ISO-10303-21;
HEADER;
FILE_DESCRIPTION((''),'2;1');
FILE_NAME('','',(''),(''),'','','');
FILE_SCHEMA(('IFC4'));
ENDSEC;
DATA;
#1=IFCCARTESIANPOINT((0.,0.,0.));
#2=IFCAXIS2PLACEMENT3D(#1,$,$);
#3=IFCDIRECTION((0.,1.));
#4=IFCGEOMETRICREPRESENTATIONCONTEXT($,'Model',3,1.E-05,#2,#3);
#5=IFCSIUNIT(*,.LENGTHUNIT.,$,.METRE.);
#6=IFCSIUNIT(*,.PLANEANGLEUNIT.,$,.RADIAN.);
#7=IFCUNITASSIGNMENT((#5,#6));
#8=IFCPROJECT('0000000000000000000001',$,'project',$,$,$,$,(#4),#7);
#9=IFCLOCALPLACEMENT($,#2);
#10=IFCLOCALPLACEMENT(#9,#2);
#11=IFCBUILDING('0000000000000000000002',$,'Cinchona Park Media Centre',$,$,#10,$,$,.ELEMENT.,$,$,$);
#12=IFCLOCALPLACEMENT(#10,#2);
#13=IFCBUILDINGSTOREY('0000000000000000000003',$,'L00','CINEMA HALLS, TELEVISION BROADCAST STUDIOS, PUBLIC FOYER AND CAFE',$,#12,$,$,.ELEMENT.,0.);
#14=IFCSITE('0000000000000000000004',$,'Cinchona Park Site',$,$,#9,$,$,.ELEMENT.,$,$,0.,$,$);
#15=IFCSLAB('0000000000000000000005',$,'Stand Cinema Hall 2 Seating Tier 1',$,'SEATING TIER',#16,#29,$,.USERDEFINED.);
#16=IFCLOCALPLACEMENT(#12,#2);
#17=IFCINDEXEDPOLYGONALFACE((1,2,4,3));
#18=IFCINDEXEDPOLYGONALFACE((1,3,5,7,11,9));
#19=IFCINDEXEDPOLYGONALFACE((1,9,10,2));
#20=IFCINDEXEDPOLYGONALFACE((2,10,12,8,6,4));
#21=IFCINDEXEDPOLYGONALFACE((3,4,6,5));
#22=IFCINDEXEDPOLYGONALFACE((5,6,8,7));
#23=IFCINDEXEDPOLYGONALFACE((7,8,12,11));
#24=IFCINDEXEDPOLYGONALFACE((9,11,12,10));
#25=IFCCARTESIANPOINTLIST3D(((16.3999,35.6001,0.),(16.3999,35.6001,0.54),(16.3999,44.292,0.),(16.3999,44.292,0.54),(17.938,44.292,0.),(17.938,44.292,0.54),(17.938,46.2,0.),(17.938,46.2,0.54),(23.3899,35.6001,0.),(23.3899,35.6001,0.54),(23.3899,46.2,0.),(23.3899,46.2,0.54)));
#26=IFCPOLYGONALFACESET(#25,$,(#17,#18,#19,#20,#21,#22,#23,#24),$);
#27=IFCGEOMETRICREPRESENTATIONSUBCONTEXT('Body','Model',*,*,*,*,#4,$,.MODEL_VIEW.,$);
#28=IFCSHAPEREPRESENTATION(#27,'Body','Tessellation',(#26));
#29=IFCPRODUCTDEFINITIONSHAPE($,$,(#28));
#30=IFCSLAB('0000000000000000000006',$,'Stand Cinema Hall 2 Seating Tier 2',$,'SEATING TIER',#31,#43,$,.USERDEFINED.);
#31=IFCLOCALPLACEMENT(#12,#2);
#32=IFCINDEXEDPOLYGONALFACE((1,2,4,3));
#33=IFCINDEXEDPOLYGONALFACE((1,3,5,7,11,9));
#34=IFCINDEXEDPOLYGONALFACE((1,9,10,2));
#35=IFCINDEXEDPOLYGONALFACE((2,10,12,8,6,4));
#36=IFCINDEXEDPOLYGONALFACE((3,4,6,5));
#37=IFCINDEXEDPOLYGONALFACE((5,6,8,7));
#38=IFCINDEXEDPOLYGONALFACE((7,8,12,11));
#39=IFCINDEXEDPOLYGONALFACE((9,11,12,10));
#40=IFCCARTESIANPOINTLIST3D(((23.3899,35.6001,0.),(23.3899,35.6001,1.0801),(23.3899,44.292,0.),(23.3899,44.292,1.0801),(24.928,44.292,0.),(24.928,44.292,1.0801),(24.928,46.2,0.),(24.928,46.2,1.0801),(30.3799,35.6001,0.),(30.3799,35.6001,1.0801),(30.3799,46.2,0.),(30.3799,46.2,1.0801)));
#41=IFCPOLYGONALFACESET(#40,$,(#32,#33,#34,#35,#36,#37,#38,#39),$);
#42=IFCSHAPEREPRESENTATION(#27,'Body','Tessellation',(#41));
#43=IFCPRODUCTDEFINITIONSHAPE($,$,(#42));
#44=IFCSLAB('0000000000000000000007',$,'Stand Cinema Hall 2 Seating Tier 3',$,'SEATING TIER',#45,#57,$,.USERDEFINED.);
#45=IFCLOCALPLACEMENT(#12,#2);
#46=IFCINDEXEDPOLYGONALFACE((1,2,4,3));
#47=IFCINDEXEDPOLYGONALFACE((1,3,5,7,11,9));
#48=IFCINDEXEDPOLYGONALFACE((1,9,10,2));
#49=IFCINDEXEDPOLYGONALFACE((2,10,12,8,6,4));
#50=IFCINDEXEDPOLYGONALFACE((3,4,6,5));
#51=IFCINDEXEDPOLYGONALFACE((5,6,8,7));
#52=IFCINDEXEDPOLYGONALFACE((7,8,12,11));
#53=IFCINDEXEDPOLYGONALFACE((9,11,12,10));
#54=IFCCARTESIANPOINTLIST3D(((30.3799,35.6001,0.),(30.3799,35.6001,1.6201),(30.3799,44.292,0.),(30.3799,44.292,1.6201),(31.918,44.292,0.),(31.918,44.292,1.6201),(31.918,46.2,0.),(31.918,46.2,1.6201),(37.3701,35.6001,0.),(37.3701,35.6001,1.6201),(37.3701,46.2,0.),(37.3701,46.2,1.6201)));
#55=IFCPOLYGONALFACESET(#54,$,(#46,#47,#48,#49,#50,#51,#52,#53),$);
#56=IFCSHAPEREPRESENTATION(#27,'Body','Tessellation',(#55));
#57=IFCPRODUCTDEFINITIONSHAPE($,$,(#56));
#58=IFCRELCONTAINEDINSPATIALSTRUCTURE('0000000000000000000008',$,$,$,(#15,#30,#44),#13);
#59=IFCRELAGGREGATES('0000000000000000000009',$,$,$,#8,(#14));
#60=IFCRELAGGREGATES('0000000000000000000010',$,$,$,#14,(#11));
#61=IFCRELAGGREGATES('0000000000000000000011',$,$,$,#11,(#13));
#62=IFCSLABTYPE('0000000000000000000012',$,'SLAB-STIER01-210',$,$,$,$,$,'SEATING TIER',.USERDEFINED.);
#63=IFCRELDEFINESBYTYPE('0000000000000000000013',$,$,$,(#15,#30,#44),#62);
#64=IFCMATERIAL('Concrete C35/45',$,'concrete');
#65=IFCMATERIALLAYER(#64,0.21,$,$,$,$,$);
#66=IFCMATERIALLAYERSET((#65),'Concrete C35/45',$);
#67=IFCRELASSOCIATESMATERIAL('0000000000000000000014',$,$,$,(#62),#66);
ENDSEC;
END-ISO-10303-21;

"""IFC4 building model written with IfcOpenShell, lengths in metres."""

from ifc_helpers import new_model, si_unit, direction, origin, place, context, subcontext, project, spatial, polyline, outline, extrude, material, layer, layer_set, type_object, element, save


model = new_model("IFC4")

# Units and contexts
model_context = context("Model", 3, precision=1e-05, world=origin(), true_north=direction((0.0, 1.0)))
body_context = subcontext(model_context, "Body", "Model", "MODEL_VIEW")
ifc_project = project(units=[si_unit("LENGTHUNIT", "METRE"), si_unit("PLANEANGLEUNIT", "RADIAN")], contexts=[model_context])

# Site, building, storey
site_placement = place(None, origin())
site = spatial("IfcSite", under=ifc_project, at=site_placement, Name="Cinchona Park Site", CompositionType="ELEMENT", RefElevation=0.0)
building_placement = place(site_placement, origin())
building = spatial("IfcBuilding", under=site, at=building_placement, Name="Cinchona Park Media Centre", CompositionType="ELEMENT")
storey_placement = place(building_placement, origin())
storey = spatial("IfcBuildingStorey", under=building, at=storey_placement, Name="L00", Description="CINEMA HALLS, TELEVISION BROADCAST STUDIOS, PUBLIC FOYER AND CAFE", CompositionType="ELEMENT", Elevation=0.0)

# Slabs
ifc_material_1 = material(Name="Concrete C35/45", Category="concrete")
ifc_layer_1 = layer(ifc_material_1, 0.21)
ifc_layer_set_1 = layer_set([ifc_layer_1], Name="Concrete C35/45")
slab_type_1 = type_object("IfcSlabType", Name="SLAB-STIER01-210", ElementType="SEATING TIER", PredefinedType="USERDEFINED", material=ifc_layer_set_1)
slab_1_placement = place(storey_placement, origin())
element("IfcSlab", 1, at=slab_1_placement, inside=storey, type_object=slab_type_1, Name="Stand Cinema Hall 2 Seating Tier 1", ObjectType="SEATING TIER", PredefinedType="USERDEFINED", context=body_context, shape_type="SweptSolid", body=[
    extrude(outline(polyline([(16.3999, 35.6001), (23.3899, 35.6001), (23.3899, 46.2), (17.938, 46.2), (17.938, 44.292), (16.3999, 44.292), (16.3999, 35.6001)])), origin(), (0.0, 0.0, 1.0), 0.54),
])
slab_2_placement = place(storey_placement, origin())
element("IfcSlab", 2, at=slab_2_placement, inside=storey, type_object=slab_type_1, Name="Stand Cinema Hall 2 Seating Tier 2", ObjectType="SEATING TIER", PredefinedType="USERDEFINED", context=body_context, shape_type="SweptSolid", body=[
    extrude(outline(polyline([(23.3899, 35.6001), (30.3799, 35.6001), (30.3799, 46.2), (24.928, 46.2), (24.928, 44.292), (23.3899, 44.292), (23.3899, 35.6001)])), origin(), (0.0, 0.0, 1.0), 1.0801),
])
slab_3_placement = place(storey_placement, origin())
element("IfcSlab", 3, at=slab_3_placement, inside=storey, type_object=slab_type_1, Name="Stand Cinema Hall 2 Seating Tier 3", ObjectType="SEATING TIER", PredefinedType="USERDEFINED", context=body_context, shape_type="SweptSolid", body=[
    extrude(outline(polyline([(30.3799, 35.6001), (37.3701, 35.6001), (37.3701, 46.2), (31.918, 46.2), (31.918, 44.292), (30.3799, 44.292), (30.3799, 35.6001)])), origin(), (0.0, 0.0, 1.0), 1.6201),
])

save(model, "model.ifc")
